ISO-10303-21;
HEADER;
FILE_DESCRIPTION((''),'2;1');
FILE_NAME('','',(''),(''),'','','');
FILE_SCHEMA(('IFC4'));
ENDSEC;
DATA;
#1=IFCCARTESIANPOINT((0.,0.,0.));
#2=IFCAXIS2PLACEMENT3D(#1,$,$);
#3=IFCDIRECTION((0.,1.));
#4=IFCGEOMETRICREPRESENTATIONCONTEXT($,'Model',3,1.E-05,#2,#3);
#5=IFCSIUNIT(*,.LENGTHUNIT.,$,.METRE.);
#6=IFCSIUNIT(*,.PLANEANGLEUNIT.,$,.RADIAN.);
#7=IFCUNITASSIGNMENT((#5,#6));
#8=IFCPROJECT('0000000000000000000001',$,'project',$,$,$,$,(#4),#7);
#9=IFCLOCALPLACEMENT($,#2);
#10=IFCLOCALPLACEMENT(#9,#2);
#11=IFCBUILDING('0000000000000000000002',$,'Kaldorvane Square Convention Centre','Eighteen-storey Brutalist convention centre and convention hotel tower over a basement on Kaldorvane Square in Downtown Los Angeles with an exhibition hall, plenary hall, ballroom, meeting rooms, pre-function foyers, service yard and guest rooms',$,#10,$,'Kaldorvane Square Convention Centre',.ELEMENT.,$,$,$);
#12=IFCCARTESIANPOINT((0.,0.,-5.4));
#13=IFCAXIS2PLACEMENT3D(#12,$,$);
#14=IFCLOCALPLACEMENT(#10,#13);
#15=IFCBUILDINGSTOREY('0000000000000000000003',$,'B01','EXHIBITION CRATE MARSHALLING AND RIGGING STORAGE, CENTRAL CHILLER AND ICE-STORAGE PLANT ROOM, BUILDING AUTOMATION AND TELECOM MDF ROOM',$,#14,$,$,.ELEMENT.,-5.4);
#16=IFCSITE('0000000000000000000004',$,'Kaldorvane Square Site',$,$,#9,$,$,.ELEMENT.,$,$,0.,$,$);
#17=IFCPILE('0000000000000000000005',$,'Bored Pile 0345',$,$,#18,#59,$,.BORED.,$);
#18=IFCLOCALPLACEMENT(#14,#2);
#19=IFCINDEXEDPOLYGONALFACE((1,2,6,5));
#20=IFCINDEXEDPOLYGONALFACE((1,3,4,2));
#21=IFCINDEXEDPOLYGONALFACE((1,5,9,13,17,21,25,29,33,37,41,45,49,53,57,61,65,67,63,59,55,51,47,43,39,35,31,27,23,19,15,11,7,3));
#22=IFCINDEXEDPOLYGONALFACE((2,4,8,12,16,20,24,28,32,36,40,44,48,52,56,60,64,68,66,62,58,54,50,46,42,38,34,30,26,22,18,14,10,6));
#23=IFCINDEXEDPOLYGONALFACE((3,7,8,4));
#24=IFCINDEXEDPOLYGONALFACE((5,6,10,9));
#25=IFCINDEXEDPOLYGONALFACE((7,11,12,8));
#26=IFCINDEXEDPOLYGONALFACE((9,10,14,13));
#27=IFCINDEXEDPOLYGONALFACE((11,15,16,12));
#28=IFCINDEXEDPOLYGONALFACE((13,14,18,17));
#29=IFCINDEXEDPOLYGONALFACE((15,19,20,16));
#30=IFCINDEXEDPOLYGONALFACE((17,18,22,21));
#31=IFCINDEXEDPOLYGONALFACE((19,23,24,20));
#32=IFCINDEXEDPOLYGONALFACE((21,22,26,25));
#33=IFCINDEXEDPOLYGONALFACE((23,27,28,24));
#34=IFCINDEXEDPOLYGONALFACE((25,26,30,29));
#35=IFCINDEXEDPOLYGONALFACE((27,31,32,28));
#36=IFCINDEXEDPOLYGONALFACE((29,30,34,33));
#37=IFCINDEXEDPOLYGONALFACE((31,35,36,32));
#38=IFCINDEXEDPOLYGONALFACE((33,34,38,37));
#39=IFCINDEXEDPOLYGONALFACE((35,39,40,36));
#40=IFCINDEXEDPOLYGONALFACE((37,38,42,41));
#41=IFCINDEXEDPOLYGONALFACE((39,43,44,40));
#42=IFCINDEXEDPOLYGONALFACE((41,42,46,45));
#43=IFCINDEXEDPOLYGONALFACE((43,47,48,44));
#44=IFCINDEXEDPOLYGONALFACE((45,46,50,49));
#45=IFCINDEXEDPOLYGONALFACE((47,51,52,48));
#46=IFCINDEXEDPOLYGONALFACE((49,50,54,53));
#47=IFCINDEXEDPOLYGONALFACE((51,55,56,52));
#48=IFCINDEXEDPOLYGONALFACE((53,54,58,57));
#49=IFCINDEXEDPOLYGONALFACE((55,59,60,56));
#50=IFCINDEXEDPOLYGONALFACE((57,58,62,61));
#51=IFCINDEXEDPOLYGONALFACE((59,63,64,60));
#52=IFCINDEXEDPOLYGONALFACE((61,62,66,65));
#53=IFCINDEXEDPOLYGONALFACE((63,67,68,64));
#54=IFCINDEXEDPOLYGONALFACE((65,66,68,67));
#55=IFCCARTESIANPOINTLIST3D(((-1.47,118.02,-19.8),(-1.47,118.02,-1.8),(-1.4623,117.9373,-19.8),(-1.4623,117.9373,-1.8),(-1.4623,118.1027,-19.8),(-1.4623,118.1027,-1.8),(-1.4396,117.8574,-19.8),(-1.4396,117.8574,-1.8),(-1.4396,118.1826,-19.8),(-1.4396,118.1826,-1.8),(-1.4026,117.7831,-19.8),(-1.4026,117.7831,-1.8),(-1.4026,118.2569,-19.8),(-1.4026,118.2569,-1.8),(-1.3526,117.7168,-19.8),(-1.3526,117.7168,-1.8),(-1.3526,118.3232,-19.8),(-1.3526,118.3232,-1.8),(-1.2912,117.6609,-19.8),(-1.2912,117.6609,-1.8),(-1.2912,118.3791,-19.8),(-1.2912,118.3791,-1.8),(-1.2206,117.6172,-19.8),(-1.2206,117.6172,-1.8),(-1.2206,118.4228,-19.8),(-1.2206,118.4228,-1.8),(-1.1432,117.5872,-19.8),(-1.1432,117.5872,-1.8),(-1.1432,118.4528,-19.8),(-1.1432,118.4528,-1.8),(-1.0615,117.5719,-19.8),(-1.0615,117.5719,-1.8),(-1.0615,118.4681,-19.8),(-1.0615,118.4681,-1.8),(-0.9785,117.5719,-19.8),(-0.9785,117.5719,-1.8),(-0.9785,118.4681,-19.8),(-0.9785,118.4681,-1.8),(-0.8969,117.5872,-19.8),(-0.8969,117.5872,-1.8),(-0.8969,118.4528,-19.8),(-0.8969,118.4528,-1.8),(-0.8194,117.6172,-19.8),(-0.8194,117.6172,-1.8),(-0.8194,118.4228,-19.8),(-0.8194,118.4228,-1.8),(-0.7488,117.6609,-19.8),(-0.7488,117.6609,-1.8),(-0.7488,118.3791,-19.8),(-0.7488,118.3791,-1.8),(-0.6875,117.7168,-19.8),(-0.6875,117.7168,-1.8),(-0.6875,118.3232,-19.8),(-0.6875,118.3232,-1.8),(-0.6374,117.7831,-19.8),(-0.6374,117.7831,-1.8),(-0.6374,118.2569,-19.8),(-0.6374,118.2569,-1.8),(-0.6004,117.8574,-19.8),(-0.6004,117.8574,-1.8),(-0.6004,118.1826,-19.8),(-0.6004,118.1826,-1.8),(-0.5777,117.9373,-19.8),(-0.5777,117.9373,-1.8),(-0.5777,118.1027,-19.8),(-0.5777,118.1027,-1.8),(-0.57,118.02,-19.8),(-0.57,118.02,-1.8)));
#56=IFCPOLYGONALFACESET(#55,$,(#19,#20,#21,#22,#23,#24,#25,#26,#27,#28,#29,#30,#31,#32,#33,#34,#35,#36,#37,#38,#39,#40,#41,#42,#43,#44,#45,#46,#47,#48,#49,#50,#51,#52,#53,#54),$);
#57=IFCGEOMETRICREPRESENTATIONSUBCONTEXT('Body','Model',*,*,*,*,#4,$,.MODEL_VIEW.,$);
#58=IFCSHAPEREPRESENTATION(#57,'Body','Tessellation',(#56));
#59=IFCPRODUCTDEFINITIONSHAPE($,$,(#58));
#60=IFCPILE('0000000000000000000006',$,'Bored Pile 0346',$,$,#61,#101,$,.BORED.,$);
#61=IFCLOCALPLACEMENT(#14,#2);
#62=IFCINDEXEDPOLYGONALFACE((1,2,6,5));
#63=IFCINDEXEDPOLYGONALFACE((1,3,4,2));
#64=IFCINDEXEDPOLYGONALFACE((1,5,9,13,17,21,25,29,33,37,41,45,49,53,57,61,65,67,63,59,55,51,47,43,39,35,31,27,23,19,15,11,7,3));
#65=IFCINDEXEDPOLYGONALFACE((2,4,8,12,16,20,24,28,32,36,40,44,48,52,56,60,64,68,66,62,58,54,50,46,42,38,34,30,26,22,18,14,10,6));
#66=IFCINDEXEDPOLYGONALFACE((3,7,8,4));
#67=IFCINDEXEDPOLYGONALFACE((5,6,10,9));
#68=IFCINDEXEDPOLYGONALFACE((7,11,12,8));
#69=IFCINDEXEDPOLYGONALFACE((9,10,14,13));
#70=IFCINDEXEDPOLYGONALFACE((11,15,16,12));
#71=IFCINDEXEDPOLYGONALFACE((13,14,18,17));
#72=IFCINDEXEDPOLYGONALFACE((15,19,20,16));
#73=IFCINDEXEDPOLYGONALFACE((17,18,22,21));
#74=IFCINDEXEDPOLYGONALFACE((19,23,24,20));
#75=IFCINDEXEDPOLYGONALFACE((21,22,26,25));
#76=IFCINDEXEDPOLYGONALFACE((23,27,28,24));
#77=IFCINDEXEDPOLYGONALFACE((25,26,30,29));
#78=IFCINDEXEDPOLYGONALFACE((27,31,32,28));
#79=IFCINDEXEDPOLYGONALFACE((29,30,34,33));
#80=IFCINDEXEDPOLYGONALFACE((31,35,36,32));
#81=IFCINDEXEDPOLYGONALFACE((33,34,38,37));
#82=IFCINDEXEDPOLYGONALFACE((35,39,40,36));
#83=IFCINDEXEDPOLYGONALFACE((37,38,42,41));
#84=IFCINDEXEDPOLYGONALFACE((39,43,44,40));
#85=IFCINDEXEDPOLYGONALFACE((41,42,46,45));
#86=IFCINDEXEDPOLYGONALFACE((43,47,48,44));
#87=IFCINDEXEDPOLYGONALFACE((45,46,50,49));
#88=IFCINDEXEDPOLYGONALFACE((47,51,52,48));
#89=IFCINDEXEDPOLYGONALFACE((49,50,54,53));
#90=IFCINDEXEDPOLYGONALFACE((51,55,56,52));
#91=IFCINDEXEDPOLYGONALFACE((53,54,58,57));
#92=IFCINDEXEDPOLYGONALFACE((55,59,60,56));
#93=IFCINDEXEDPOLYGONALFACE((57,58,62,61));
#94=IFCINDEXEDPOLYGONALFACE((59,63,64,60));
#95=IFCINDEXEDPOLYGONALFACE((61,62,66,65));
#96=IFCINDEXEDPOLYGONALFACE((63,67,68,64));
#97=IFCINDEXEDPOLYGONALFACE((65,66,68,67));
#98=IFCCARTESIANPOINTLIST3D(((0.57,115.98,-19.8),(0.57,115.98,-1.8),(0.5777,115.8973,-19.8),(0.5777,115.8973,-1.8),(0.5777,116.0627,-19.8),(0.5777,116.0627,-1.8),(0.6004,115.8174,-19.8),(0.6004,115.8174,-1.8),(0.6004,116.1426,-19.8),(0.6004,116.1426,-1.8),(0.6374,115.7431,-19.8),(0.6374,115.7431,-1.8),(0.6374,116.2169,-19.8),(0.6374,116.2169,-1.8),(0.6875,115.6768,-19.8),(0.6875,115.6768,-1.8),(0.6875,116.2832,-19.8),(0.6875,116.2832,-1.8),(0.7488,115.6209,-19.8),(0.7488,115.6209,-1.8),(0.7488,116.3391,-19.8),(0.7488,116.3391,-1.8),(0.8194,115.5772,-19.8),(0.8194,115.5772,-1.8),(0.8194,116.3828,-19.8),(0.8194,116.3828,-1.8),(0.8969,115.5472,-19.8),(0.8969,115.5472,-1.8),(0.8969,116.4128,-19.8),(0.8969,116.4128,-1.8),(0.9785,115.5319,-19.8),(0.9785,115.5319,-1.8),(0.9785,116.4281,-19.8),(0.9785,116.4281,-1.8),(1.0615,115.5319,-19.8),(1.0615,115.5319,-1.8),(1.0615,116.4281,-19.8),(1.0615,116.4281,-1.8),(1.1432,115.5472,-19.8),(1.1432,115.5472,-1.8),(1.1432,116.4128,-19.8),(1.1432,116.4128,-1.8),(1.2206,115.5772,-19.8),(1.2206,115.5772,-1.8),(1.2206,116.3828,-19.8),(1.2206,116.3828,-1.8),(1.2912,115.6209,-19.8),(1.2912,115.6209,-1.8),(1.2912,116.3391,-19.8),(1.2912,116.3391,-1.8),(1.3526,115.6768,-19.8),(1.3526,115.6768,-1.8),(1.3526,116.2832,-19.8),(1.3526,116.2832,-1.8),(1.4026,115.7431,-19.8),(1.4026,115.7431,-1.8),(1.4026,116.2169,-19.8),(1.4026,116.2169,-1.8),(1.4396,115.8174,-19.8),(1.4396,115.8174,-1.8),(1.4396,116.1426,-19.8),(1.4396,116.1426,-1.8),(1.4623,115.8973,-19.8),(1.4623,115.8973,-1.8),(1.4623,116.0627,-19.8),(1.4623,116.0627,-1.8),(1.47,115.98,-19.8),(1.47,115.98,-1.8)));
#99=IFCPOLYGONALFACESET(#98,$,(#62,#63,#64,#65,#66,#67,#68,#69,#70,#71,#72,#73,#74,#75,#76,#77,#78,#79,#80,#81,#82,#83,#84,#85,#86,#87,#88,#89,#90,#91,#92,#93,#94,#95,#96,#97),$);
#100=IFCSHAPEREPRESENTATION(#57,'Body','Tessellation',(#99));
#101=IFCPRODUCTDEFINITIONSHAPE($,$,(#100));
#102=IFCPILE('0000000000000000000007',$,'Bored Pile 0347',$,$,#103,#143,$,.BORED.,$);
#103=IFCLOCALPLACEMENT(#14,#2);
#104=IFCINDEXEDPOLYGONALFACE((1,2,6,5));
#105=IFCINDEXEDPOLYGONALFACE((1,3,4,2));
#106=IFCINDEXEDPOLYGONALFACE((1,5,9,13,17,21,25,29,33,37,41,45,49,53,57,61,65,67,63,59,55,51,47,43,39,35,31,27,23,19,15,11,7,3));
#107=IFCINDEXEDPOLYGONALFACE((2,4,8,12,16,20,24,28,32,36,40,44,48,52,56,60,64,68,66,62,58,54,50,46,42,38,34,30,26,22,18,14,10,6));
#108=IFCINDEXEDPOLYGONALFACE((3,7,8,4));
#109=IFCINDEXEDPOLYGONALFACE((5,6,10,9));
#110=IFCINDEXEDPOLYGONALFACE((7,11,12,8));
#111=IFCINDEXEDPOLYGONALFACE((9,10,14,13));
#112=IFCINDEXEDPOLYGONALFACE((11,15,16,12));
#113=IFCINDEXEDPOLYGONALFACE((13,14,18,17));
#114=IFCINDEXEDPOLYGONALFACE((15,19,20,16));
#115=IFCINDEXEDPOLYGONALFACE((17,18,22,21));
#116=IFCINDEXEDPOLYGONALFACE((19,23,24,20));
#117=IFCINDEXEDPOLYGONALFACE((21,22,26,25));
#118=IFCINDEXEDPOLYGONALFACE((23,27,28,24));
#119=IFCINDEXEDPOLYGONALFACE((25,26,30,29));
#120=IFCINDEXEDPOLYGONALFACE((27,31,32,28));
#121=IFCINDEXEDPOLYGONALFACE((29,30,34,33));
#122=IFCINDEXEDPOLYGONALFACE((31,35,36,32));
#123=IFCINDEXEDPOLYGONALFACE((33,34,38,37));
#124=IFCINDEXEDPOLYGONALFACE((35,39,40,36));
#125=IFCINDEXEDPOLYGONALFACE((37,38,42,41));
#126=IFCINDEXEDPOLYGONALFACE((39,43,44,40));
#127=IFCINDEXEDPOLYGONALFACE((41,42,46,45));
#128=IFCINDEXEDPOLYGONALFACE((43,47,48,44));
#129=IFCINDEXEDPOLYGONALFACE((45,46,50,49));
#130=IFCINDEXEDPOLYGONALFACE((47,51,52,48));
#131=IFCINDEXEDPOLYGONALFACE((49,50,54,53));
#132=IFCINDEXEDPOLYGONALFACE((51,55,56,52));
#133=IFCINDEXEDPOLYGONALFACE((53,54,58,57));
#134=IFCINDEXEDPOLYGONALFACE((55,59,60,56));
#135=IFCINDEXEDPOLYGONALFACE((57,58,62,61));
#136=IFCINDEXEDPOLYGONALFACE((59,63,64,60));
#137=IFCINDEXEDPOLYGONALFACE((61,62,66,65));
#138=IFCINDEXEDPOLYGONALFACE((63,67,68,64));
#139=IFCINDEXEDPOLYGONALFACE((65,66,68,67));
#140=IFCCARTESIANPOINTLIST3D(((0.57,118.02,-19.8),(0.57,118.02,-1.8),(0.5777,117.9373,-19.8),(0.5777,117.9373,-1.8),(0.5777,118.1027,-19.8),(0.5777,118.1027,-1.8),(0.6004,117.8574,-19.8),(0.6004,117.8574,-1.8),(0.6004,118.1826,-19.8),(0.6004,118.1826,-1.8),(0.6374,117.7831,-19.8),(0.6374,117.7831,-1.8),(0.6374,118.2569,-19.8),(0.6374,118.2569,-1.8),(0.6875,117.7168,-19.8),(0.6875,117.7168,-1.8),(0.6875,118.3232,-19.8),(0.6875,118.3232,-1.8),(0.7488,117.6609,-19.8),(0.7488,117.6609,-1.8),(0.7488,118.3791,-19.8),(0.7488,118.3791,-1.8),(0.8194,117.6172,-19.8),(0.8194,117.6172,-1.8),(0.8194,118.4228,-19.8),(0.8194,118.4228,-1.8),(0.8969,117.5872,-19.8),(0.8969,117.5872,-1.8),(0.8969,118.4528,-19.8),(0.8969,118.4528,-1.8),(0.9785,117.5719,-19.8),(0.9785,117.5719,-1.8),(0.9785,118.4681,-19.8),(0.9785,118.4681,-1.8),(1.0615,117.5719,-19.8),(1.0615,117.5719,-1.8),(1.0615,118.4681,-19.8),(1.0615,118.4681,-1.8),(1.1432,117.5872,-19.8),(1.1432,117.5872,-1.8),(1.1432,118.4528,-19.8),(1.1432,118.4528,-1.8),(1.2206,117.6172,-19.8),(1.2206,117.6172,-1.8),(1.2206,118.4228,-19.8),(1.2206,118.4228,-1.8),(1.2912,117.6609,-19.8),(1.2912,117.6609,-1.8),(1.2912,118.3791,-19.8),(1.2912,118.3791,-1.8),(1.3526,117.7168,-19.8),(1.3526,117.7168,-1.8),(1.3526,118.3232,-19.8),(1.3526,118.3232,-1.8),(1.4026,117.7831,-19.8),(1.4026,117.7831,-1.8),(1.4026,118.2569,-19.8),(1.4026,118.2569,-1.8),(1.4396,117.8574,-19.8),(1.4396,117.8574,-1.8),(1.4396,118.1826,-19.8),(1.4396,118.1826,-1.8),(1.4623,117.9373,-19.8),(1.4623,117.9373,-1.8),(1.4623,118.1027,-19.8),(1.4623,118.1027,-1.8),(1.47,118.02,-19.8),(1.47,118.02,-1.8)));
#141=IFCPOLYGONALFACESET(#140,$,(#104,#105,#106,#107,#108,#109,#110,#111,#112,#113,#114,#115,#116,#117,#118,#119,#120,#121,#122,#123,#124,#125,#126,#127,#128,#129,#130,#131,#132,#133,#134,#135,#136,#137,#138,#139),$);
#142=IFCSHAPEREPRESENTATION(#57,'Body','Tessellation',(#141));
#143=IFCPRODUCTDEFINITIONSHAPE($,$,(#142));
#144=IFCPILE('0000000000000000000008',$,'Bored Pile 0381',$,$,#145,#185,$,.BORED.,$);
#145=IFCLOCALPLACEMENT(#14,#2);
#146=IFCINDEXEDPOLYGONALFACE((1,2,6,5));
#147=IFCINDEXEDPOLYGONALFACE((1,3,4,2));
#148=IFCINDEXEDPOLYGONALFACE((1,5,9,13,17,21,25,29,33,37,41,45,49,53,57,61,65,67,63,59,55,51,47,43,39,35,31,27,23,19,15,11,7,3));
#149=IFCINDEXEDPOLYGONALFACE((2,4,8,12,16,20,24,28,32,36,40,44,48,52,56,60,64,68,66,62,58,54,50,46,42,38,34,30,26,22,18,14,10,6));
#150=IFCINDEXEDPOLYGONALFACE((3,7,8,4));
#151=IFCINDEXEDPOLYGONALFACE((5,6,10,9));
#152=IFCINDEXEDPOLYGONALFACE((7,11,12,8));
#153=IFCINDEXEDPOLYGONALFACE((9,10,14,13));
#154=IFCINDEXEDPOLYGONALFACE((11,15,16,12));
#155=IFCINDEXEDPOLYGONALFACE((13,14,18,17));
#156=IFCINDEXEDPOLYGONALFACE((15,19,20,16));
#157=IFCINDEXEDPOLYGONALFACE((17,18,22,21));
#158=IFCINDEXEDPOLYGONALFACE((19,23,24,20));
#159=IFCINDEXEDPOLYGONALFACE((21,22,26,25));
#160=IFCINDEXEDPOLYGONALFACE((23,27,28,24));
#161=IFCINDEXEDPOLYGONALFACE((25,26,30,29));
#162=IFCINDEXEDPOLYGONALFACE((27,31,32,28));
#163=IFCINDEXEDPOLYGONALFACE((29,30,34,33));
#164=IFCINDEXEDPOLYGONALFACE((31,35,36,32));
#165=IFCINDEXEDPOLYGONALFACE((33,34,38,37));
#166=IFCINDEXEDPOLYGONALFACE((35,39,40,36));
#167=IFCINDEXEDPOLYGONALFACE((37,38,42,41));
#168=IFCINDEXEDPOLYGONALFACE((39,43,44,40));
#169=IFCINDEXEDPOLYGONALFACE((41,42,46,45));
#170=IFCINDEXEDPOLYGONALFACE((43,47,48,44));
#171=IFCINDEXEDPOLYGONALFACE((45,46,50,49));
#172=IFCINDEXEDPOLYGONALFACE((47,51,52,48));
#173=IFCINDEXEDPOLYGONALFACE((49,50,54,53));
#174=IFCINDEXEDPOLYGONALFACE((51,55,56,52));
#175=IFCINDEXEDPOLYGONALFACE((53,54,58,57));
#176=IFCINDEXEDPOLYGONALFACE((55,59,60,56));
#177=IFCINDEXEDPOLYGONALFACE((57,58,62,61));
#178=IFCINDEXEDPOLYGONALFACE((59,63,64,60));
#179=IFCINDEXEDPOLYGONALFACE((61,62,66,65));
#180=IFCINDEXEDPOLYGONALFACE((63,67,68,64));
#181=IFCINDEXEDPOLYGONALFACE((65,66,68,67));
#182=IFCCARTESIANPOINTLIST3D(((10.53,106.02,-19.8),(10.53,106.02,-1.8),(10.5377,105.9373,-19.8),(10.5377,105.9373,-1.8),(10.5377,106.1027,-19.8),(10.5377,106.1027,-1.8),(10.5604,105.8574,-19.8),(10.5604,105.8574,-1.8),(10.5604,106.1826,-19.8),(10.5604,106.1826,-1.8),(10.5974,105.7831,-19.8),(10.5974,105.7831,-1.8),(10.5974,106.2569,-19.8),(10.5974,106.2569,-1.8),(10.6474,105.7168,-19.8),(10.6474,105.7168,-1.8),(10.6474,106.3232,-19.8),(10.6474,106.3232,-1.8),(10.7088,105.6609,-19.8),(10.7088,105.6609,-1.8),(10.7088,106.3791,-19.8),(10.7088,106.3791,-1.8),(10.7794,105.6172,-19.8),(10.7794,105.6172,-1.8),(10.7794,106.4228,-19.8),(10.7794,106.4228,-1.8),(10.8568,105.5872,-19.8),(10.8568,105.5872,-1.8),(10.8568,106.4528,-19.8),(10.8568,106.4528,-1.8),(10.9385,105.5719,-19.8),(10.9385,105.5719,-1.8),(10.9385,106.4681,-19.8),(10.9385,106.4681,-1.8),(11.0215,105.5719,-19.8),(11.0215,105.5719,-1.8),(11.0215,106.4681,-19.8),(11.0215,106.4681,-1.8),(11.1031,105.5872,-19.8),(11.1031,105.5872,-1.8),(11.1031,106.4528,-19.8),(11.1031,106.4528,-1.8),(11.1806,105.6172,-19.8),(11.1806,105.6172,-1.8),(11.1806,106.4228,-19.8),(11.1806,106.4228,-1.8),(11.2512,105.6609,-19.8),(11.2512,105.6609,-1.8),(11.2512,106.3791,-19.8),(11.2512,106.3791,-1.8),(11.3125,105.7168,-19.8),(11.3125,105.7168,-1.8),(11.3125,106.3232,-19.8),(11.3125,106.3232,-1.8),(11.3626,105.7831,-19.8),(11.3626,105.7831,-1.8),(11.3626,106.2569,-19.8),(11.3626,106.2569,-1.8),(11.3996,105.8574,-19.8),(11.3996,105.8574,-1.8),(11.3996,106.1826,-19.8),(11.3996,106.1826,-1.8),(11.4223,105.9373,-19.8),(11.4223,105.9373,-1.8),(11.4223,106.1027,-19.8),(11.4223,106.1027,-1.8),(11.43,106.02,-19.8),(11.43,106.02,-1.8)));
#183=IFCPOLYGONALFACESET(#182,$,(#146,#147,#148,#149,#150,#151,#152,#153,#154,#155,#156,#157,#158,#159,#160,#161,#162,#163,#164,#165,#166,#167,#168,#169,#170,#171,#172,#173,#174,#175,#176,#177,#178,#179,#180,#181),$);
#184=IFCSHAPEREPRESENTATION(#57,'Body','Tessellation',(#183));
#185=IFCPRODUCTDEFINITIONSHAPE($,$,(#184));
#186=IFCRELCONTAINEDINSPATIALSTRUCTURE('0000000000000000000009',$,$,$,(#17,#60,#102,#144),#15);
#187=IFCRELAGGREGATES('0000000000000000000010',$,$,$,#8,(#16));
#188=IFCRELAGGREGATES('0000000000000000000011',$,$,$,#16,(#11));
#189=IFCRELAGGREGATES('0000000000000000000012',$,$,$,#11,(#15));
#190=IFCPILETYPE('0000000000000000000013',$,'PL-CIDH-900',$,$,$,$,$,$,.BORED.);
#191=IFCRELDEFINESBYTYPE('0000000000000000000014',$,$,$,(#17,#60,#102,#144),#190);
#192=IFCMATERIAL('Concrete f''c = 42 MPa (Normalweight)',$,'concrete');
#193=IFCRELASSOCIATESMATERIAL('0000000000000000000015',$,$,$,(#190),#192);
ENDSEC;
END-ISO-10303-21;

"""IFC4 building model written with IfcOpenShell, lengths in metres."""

from ifc_helpers import new_model, si_unit, direction, frame, origin, origin_2d, place, context, subcontext, project, spatial, circle, extrude, material, material_profile, profile_set, type_object, element, save


model = new_model("IFC4")

# Units and contexts
model_context = context("Model", 3, precision=1e-05, world=origin(), true_north=direction((0.0, 1.0)))
body_context = subcontext(model_context, "Body", "Model", "MODEL_VIEW")
ifc_project = project(units=[si_unit("LENGTHUNIT", "METRE"), si_unit("PLANEANGLEUNIT", "RADIAN")], contexts=[model_context])

# Site, building, storey
site_placement = place(None, origin())
site = spatial("IfcSite", under=ifc_project, at=site_placement, Name="Kaldorvane Square Site", CompositionType="ELEMENT", RefElevation=0.0)
building_placement = place(site_placement, origin())
building = spatial("IfcBuilding", under=site, at=building_placement, Name="Kaldorvane Square Convention Centre", Description="Eighteen-storey Brutalist convention centre and convention hotel tower over a basement on Kaldorvane Square in Downtown Los Angeles with an exhibition hall, plenary hall, ballroom, meeting rooms, pre-function foyers, service yard and guest rooms", LongName="Kaldorvane Square Convention Centre", CompositionType="ELEMENT")
storey_placement = place(building_placement, frame((0.0, 0.0, -5.4)))
storey = spatial("IfcBuildingStorey", under=building, at=storey_placement, Name="B01", Description="EXHIBITION CRATE MARSHALLING AND RIGGING STORAGE, CENTRAL CHILLER AND ICE-STORAGE PLANT ROOM, BUILDING AUTOMATION AND TELECOM MDF ROOM", CompositionType="ELEMENT", Elevation=-5.4)

# Shared definitions
ifc_material_1 = material(Name="Concrete f'c = 42 MPa (Normalweight)", Category="concrete")

# Piles
ifc_material_profile_1 = material_profile(ifc_material_1, circle(Radius=0.45, at=origin_2d()), Name="PILE-D900")
ifc_profile_set_1 = profile_set([ifc_material_profile_1], Name="Concrete f'c = 42 MPa (Normalweight)")
pile_type = type_object("IfcPileType", Name="PL-CIDH-900", PredefinedType="BORED", material=ifc_profile_set_1)
for number, where, z_axis, x_axis, name in (
    (1, (-1.02, 118.02, -1.8), (0.0, 0.0, -1.0), (1.0, 0.0, 0.0), "Bored Pile 0345"),
    (2, (1.02, 115.98, -1.8), (0.0, 0.0, -1.0), (1.0, 0.0, 0.0), "Bored Pile 0346"),
    (3, (1.02, 118.02, -1.8), (0.0, 0.0, -1.0), (1.0, 0.0, 0.0), "Bored Pile 0347"),
    (4, (10.98, 106.02, -1.8), (0.0, 0.0, -1.0), (1.0, 0.0, 0.0), "Bored Pile 0381"),
):
    element("IfcPile", number, at=place(storey_placement, frame(where, z_axis=z_axis, x_axis=x_axis)), inside=storey, type_object=pile_type, Name=name, PredefinedType="BORED", context=body_context, shape_type="SweptSolid", body=[
        extrude(circle(Radius=0.45, at=origin_2d()), origin(), (0.0, 0.0, 1.0), 18.0),
    ])

save(model, "model.ifc")
